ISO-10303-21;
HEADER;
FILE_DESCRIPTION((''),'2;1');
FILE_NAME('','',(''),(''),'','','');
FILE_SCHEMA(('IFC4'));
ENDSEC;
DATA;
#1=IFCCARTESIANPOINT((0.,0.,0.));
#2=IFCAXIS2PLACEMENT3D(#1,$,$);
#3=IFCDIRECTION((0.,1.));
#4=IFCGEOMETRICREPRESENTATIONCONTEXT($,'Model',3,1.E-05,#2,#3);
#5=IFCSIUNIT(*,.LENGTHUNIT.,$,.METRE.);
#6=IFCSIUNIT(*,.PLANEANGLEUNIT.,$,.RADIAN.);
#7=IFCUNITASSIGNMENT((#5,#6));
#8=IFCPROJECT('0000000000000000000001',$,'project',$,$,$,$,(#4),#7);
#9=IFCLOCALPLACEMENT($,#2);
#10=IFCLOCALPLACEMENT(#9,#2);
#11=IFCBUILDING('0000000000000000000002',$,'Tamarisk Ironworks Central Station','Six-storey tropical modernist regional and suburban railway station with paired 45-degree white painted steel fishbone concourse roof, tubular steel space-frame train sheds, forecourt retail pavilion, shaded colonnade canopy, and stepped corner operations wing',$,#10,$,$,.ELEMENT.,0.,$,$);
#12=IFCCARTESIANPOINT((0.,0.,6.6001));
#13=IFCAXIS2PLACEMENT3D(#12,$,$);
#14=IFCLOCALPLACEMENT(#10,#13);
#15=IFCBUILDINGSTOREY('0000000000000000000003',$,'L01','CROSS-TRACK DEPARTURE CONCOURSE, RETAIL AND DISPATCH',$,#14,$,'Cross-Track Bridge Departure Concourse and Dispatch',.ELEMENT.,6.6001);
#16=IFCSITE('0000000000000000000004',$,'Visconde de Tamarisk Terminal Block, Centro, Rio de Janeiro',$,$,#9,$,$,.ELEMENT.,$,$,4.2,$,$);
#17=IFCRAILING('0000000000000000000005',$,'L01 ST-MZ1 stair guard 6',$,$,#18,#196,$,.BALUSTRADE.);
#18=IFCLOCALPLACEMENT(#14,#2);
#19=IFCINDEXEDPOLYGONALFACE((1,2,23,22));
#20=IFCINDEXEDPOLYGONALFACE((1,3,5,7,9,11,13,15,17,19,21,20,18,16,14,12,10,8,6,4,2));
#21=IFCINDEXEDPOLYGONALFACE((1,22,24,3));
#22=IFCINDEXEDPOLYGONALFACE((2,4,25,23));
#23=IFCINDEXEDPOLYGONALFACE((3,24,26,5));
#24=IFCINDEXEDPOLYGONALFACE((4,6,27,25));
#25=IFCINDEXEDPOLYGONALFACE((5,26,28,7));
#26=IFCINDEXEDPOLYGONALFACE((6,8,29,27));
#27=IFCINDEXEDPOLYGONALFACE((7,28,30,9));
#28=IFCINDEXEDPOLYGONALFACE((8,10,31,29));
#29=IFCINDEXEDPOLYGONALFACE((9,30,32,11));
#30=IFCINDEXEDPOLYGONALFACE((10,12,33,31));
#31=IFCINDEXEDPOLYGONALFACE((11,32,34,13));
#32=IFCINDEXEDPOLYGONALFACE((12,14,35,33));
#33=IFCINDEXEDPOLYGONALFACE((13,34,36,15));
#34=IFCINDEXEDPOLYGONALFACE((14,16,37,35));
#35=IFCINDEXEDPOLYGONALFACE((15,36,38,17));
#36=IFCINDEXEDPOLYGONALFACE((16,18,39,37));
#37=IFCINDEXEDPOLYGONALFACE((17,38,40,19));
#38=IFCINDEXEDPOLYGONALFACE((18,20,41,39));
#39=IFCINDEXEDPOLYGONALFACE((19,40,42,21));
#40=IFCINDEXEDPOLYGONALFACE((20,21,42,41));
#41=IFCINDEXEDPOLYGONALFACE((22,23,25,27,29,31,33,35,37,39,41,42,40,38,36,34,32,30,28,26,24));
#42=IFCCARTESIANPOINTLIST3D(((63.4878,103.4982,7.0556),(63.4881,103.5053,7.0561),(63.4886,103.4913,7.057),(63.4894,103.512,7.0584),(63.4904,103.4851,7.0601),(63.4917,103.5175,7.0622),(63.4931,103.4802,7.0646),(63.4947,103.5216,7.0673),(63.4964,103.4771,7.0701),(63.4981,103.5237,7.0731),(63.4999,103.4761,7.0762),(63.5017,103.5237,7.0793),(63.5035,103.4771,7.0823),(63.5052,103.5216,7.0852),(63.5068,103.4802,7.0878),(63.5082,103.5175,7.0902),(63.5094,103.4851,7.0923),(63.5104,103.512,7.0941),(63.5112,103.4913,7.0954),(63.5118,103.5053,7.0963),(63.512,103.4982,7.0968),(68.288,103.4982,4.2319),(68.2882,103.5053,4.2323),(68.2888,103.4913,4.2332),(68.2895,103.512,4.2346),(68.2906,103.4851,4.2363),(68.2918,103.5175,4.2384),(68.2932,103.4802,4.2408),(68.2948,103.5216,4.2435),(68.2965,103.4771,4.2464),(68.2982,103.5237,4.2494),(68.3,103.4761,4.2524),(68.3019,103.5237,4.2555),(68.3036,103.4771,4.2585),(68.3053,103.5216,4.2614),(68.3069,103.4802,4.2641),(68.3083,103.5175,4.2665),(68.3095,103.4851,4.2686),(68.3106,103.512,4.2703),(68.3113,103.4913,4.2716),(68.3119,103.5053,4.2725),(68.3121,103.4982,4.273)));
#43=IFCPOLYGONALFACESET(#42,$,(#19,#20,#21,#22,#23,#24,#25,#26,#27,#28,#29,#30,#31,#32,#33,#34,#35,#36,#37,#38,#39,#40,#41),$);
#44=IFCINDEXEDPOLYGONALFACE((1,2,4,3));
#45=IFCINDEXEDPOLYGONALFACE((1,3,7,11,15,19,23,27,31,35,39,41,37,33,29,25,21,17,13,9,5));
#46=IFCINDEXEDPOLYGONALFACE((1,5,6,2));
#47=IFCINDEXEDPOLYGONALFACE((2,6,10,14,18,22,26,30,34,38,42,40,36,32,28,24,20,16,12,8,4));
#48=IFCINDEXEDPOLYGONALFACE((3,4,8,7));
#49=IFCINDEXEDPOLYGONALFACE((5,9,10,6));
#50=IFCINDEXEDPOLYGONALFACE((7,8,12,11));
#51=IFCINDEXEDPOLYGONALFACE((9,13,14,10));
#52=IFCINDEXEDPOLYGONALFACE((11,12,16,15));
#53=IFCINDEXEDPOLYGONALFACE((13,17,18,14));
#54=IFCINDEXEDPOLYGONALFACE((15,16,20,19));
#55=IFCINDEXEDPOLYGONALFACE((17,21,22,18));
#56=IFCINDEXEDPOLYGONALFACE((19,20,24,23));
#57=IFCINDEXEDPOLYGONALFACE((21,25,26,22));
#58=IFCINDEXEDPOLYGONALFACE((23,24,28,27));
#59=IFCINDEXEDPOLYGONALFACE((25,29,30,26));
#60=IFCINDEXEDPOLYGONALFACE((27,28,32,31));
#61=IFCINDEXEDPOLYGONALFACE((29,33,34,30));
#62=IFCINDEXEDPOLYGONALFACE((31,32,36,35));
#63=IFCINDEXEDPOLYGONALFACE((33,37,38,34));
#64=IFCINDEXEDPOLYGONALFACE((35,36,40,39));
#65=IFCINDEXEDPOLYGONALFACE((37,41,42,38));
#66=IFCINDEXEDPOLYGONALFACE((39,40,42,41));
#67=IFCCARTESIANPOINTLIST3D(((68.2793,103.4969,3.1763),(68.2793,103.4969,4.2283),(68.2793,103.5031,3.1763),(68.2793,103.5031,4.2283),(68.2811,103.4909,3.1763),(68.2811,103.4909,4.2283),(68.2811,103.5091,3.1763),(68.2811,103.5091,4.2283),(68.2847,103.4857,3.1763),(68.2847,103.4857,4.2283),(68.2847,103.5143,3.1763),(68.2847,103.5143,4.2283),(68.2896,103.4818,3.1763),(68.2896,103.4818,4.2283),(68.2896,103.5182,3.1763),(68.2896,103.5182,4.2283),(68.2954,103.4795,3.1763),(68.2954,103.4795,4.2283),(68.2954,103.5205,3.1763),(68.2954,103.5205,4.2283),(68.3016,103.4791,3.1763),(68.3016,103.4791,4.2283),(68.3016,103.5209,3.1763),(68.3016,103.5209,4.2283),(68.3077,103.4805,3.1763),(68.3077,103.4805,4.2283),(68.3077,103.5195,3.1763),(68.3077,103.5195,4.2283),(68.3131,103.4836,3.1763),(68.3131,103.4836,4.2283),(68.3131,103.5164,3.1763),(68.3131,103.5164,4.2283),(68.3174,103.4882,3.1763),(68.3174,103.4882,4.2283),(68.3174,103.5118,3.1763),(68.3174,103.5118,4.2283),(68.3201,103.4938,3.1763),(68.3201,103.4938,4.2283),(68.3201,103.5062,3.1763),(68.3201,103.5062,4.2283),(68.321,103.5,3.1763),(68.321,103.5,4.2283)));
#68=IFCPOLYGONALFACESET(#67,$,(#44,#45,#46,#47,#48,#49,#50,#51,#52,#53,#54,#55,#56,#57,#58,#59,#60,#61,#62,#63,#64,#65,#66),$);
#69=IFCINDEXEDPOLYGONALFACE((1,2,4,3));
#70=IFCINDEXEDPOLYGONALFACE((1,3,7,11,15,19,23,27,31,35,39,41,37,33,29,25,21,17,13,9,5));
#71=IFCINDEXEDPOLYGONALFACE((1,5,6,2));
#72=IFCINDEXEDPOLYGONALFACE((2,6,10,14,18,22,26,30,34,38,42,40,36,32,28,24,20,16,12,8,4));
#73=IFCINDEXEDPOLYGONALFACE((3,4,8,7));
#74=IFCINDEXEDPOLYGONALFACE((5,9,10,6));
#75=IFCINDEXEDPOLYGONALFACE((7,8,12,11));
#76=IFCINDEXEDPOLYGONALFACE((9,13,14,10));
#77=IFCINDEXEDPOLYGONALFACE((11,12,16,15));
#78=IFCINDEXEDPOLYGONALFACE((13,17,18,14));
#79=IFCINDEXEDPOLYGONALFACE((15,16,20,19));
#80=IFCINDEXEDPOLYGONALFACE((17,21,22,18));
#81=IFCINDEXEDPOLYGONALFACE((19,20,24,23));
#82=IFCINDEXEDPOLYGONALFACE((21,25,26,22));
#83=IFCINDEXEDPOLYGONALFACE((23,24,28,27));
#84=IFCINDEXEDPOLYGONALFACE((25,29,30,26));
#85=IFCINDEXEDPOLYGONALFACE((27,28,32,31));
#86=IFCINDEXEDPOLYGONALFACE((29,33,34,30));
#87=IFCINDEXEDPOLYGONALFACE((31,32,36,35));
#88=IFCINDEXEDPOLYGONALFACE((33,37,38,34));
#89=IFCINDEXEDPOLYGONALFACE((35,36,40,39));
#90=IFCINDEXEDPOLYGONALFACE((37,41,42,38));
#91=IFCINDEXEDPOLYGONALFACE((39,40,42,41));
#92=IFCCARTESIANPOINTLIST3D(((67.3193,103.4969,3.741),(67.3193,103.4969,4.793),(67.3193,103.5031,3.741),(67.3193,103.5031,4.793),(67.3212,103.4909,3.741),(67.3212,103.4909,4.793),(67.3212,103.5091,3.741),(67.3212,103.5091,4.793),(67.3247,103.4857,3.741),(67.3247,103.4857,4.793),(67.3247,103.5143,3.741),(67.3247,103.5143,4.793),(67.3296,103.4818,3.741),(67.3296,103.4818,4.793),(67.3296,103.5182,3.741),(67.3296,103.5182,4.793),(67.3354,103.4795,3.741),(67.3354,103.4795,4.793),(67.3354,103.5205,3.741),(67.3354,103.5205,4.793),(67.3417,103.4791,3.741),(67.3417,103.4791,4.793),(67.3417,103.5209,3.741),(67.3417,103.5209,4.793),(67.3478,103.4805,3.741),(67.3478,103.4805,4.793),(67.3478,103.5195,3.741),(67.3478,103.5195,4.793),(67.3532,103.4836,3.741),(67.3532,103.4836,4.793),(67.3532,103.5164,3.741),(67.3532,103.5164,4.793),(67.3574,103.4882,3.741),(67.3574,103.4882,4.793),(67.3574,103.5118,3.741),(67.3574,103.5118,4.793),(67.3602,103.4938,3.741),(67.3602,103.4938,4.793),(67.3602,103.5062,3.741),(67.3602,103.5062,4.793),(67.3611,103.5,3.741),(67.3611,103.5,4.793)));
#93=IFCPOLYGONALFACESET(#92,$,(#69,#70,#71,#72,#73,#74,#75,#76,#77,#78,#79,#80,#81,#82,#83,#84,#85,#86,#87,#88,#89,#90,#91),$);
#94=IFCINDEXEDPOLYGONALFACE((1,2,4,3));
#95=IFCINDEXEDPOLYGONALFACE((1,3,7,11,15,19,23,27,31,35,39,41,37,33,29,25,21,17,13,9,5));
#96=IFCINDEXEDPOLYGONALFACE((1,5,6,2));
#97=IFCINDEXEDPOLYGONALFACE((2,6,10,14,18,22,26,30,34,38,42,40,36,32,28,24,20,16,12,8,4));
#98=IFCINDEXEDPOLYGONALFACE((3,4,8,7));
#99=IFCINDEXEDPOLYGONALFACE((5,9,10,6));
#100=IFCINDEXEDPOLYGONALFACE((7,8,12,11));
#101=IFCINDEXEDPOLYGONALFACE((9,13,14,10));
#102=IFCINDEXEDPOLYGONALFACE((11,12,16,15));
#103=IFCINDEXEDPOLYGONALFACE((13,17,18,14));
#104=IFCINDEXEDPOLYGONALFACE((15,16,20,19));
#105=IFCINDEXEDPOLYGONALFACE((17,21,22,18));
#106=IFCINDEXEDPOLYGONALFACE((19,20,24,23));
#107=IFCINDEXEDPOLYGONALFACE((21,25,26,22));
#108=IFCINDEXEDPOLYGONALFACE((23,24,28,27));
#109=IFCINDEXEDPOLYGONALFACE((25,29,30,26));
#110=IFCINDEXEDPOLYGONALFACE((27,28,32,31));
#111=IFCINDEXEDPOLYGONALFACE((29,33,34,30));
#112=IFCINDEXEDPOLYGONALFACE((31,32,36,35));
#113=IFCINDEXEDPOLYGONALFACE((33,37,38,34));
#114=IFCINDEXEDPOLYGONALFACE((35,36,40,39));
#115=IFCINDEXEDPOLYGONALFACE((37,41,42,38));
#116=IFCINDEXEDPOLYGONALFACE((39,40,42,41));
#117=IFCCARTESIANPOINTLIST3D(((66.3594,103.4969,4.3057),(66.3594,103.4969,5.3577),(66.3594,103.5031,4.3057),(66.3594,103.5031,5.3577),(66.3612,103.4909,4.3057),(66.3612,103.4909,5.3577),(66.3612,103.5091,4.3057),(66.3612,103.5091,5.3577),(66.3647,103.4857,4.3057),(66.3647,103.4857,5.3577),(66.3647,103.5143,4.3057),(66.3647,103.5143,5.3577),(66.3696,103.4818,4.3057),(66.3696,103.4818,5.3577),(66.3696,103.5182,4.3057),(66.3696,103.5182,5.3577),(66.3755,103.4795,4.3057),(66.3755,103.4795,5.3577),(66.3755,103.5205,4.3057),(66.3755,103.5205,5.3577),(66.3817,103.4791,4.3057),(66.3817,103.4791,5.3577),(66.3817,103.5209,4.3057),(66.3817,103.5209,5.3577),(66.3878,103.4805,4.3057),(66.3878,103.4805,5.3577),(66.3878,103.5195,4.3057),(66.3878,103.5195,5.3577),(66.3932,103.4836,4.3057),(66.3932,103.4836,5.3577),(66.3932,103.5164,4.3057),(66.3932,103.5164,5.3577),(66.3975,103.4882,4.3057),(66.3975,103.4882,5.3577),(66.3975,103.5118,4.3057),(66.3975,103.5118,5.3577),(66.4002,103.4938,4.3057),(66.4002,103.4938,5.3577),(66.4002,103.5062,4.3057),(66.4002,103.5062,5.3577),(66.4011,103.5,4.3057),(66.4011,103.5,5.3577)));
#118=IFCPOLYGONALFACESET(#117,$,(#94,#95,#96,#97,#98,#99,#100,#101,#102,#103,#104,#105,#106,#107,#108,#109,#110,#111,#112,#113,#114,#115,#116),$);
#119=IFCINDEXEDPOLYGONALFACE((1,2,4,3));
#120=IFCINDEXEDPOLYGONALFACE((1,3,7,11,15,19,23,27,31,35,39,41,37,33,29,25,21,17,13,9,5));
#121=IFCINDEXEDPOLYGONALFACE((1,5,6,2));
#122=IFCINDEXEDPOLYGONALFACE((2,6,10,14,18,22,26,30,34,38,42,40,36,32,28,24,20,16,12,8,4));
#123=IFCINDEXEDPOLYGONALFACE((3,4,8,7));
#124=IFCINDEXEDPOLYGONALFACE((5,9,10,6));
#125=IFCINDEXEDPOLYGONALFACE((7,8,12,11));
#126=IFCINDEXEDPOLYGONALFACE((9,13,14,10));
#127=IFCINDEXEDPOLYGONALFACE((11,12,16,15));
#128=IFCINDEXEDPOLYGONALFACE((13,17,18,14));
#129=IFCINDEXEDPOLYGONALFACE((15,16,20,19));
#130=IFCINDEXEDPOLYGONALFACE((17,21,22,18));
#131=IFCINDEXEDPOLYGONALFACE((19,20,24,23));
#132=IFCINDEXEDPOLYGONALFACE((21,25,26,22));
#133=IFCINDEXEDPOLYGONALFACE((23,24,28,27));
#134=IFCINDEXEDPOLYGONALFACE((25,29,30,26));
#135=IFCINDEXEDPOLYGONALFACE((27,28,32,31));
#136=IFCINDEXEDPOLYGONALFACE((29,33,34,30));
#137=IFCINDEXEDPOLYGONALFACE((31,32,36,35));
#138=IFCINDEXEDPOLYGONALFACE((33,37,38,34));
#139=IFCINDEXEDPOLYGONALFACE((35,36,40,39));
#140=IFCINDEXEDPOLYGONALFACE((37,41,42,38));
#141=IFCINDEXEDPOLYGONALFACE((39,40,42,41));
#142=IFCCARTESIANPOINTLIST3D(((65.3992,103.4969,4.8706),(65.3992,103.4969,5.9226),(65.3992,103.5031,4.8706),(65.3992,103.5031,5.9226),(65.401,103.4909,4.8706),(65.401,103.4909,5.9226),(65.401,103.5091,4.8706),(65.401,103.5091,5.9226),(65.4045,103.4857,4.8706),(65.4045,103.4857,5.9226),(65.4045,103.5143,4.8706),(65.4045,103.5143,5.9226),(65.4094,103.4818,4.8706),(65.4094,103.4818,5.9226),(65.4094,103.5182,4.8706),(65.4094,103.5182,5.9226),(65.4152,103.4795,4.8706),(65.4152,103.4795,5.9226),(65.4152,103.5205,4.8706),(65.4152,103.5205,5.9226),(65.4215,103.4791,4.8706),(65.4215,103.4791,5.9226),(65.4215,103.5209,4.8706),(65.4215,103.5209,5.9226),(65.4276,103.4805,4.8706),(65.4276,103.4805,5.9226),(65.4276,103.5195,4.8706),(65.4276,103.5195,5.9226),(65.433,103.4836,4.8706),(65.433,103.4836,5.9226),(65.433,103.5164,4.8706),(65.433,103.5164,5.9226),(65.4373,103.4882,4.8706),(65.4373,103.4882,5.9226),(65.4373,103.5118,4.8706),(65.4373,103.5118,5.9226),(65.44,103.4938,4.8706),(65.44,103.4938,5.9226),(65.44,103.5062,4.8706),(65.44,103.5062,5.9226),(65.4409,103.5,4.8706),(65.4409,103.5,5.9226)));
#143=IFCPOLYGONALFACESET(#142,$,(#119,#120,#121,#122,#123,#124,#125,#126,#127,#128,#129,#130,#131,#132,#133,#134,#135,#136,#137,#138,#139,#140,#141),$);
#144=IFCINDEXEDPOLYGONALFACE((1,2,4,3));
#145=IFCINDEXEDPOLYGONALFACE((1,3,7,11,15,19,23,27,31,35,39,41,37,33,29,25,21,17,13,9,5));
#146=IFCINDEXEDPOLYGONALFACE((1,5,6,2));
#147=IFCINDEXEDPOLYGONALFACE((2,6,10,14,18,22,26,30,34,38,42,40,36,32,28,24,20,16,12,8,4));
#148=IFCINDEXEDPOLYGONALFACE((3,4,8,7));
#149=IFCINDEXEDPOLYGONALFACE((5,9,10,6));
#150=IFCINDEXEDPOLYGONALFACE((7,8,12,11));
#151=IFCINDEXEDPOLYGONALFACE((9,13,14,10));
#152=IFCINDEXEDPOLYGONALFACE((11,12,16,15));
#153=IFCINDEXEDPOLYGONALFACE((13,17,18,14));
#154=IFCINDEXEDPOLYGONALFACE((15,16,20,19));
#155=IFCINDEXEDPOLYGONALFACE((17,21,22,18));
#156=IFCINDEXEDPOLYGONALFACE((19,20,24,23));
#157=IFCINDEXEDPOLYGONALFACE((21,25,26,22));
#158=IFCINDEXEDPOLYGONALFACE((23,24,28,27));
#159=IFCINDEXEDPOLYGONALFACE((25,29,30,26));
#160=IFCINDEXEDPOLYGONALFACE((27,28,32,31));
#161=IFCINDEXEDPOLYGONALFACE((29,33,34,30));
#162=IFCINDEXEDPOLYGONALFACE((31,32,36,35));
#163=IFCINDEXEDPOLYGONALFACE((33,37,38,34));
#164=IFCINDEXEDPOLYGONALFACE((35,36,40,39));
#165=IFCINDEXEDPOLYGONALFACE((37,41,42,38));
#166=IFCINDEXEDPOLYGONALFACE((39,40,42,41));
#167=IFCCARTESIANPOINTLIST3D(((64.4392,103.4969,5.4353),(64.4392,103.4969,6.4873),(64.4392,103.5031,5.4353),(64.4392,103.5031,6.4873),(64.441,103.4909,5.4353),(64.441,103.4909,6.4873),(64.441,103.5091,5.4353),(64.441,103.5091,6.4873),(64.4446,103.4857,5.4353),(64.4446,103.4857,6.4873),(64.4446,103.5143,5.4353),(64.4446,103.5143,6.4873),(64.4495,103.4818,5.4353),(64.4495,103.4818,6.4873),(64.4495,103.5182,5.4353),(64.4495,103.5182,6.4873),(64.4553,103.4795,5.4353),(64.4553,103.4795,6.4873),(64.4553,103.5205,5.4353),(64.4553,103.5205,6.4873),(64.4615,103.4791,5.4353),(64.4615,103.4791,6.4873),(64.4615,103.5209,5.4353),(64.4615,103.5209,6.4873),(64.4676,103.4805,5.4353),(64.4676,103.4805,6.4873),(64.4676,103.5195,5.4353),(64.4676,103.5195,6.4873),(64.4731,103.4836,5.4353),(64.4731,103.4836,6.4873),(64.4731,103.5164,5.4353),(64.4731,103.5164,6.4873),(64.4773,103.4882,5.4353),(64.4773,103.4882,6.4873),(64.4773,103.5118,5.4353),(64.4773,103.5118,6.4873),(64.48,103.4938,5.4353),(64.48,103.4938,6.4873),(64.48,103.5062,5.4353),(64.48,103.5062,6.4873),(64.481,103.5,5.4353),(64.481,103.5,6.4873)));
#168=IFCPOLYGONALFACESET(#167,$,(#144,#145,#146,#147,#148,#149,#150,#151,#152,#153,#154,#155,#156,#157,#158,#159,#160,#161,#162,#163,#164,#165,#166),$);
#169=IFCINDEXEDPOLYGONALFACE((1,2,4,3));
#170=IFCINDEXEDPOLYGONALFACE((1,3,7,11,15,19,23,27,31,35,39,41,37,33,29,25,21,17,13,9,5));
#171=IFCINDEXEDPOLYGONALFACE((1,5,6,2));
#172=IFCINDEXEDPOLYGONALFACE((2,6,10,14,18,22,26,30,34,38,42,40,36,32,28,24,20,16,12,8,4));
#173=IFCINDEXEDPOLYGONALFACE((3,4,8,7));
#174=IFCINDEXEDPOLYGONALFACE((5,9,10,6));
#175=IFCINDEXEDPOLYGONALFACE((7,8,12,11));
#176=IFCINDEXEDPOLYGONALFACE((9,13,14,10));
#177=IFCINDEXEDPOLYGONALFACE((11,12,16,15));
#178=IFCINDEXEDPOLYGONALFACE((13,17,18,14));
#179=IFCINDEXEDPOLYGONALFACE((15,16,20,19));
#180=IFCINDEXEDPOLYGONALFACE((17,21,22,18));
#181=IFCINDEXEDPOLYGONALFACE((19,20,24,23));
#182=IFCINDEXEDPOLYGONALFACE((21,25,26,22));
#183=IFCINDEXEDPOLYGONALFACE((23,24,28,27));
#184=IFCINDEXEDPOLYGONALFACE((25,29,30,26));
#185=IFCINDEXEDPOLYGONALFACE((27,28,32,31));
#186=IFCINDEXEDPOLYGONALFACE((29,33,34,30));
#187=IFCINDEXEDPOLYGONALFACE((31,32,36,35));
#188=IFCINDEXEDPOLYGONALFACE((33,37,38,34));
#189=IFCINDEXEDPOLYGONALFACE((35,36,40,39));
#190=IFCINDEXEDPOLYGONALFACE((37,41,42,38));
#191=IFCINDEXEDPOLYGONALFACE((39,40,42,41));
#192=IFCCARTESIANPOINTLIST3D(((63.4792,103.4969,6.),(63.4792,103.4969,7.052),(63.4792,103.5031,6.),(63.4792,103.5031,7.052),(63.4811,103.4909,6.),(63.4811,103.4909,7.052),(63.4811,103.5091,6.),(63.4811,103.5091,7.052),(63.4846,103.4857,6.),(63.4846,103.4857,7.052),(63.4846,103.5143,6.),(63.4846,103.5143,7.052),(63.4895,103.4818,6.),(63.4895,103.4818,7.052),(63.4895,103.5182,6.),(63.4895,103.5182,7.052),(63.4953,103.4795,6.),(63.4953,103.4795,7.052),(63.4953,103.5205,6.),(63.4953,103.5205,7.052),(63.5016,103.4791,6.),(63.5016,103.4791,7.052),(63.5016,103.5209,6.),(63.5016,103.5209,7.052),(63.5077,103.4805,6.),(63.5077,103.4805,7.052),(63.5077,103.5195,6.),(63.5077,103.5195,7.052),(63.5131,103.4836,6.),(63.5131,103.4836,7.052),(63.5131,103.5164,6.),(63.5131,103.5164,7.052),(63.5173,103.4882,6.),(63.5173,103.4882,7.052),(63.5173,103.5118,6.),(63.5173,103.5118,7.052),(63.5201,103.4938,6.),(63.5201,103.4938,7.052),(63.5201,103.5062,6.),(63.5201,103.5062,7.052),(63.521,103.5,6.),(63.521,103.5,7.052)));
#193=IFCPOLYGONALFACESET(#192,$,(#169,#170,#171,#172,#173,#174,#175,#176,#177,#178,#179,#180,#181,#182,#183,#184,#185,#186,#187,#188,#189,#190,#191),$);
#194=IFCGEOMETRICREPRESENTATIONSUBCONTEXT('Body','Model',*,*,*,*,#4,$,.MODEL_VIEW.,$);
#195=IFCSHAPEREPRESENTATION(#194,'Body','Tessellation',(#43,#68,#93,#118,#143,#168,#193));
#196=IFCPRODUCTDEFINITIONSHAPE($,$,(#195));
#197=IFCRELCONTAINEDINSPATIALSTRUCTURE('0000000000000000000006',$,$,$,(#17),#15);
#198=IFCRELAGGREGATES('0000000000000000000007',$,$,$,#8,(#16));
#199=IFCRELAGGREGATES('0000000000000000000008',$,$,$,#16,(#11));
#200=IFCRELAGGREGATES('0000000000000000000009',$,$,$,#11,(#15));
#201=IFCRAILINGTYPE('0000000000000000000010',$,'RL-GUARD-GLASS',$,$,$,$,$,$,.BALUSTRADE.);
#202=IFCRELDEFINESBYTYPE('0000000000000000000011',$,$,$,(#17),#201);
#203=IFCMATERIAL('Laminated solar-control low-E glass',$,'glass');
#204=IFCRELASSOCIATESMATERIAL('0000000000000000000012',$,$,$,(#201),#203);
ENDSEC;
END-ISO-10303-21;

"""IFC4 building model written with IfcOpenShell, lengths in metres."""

from ifc_helpers import new_model, si_unit, direction, frame, origin, origin_2d, place, context, subcontext, project, spatial, circle, extrude, material, type_object, element, save


model = new_model("IFC4")

# Units and contexts
model_context = context("Model", 3, precision=1e-05, world=origin(), true_north=direction((0.0, 1.0)))
body_context = subcontext(model_context, "Body", "Model", "MODEL_VIEW")
ifc_project = project(units=[si_unit("LENGTHUNIT", "METRE"), si_unit("PLANEANGLEUNIT", "RADIAN")], contexts=[model_context])

# Site, building, storey
site_placement = place(None, origin())
site = spatial("IfcSite", under=ifc_project, at=site_placement, Name="Visconde de Tamarisk Terminal Block, Centro, Rio de Janeiro", CompositionType="ELEMENT", RefElevation=4.2)
building_placement = place(site_placement, origin())
building = spatial("IfcBuilding", under=site, at=building_placement, Name="Tamarisk Ironworks Central Station", Description="Six-storey tropical modernist regional and suburban railway station with paired 45-degree white painted steel fishbone concourse roof, tubular steel space-frame train sheds, forecourt retail pavilion, shaded colonnade canopy, and stepped corner operations wing", CompositionType="ELEMENT", ElevationOfRefHeight=0.0)
storey_placement = place(building_placement, frame((0.0, 0.0, 6.6001)))
storey = spatial("IfcBuildingStorey", under=building, at=storey_placement, Name="L01", Description="CROSS-TRACK DEPARTURE CONCOURSE, RETAIL AND DISPATCH", LongName="Cross-Track Bridge Departure Concourse and Dispatch", CompositionType="ELEMENT", Elevation=6.6001)

# Shared definitions
ifc_material_1 = material(Name="Laminated solar-control low-E glass", Category="glass")

# Railing
railing_type_1 = type_object("IfcRailingType", Name="RL-GUARD-GLASS", PredefinedType="BALUSTRADE", material=ifc_material_1)
railing_1_placement = place(storey_placement, frame((68.3, 103.5, 3.1763)))
element("IfcRailing", 1, at=railing_1_placement, inside=storey, type_object=railing_type_1, Name="L01 ST-MZ1 stair guard 6", PredefinedType="BALUSTRADE", context=body_context, shape_type="SweptSolid", body=[
    extrude(circle(Radius=0.0239, at=origin_2d()), frame((0.0, 0.0, 1.0762), z_axis=(-0.861921, 0.0, 0.507043), x_axis=(0.0, -1.0, 0.0)), (0.0, 0.0, 1.0), 5.5691),
    extrude(circle(Radius=0.021, at=origin_2d()), origin(), (0.0, 0.0, 1.0), 1.052),
    extrude(circle(Radius=0.021, at=origin_2d()), frame((-0.96, 0.0, 0.5647)), (0.0, 0.0, 1.0), 1.052),
    extrude(circle(Radius=0.021, at=origin_2d()), frame((-1.9199, 0.0, 1.1294)), (0.0, 0.0, 1.0), 1.052),
    extrude(circle(Radius=0.021, at=origin_2d()), frame((-2.8801, 0.0, 1.6943)), (0.0, 0.0, 1.0), 1.052),
    extrude(circle(Radius=0.021, at=origin_2d()), frame((-3.8401, 0.0, 2.259)), (0.0, 0.0, 1.0), 1.052),
    extrude(circle(Radius=0.021, at=origin_2d()), frame((-4.8, 0.0, 2.8237)), (0.0, 0.0, 1.0), 1.052),
])

save(model, "model.ifc")
